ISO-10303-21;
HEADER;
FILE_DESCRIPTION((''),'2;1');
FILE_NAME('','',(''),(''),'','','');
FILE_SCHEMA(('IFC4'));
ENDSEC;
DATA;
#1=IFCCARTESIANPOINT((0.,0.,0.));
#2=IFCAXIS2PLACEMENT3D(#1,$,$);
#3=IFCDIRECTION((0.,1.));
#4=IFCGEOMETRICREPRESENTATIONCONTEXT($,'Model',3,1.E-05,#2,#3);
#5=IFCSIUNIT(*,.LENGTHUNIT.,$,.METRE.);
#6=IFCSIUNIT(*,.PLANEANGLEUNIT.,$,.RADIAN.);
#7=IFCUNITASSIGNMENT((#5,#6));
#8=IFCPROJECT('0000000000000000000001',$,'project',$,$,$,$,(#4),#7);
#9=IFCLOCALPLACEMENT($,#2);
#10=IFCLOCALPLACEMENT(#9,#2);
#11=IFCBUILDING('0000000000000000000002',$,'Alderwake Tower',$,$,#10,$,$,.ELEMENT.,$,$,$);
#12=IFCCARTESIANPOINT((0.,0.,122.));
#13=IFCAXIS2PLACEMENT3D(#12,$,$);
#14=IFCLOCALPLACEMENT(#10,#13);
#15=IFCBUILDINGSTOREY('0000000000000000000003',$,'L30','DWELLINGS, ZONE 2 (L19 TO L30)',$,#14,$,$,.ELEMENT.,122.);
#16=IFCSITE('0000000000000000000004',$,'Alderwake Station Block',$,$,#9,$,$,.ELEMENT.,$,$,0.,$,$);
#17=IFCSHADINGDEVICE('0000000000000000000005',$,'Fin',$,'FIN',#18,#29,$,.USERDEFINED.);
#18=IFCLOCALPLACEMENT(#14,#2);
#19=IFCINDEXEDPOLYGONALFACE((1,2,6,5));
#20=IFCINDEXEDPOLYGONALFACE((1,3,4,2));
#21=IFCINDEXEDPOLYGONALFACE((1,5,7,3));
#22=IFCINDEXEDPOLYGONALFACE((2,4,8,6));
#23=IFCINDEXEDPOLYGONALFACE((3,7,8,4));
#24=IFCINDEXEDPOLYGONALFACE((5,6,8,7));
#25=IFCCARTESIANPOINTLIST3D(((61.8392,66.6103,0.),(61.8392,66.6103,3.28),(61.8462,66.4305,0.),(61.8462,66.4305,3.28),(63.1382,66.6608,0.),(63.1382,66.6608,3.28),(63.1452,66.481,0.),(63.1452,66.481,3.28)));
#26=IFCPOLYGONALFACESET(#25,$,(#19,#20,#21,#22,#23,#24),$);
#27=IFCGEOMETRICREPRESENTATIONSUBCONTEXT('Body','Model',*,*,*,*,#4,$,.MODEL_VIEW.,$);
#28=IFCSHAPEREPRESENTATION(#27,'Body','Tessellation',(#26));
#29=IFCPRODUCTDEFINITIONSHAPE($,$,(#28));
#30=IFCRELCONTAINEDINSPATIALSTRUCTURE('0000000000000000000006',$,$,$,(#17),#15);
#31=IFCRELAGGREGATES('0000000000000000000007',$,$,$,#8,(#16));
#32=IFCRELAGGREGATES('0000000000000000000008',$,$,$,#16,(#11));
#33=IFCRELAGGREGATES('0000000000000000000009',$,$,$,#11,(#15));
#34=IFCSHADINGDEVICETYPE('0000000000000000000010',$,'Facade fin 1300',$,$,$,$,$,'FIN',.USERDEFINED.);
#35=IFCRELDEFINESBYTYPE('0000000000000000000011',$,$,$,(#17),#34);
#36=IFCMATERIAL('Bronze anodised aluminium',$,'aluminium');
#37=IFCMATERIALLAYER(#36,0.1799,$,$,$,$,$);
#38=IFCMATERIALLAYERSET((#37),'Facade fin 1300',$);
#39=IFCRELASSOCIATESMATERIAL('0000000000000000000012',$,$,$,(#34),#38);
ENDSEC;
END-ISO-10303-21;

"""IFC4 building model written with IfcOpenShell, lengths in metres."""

from ifc_helpers import new_model, si_unit, direction, frame, origin, origin_2d, place, context, subcontext, project, spatial, rectangle, extrude, material, layer, layer_set, type_object, element, save


model = new_model("IFC4")

# Units and contexts
model_context = context("Model", 3, precision=1e-05, world=origin(), true_north=direction((0.0, 1.0)))
body_context = subcontext(model_context, "Body", "Model", "MODEL_VIEW")
ifc_project = project(units=[si_unit("LENGTHUNIT", "METRE"), si_unit("PLANEANGLEUNIT", "RADIAN")], contexts=[model_context])

# Site, building, storey
site_placement = place(None, origin())
site = spatial("IfcSite", under=ifc_project, at=site_placement, Name="Alderwake Station Block", CompositionType="ELEMENT", RefElevation=0.0)
building_placement = place(site_placement, origin())
building = spatial("IfcBuilding", under=site, at=building_placement, Name="Alderwake Tower", CompositionType="ELEMENT")
storey_placement = place(building_placement, frame((0.0, 0.0, 122.0)))
storey = spatial("IfcBuildingStorey", under=building, at=storey_placement, Name="L30", Description="DWELLINGS, ZONE 2 (L19 TO L30)", CompositionType="ELEMENT", Elevation=122.0)

# Shading device
ifc_material_1 = material(Name="Bronze anodised aluminium", Category="aluminium")
ifc_layer_1 = layer(ifc_material_1, 0.1799)
ifc_layer_set_1 = layer_set([ifc_layer_1], Name="Facade fin 1300")
shading_device_type = type_object("IfcShadingDeviceType", Name="Facade fin 1300", ElementType="FIN", PredefinedType="USERDEFINED", material=ifc_layer_set_1)
for number, where, z_axis, x_axis, name in (
    (1, (62.4922, 66.5457, 0.0), (0.0, 0.0, 1.0), (0.999243, 0.03889, 0.0), "Fin"),
):
    element("IfcShadingDevice", number, at=place(storey_placement, frame(where, z_axis=z_axis, x_axis=x_axis)), inside=storey, type_object=shading_device_type, Name=name, ObjectType="FIN", PredefinedType="USERDEFINED", context=body_context, shape_type="SweptSolid", body=[
        extrude(rectangle(XDim=1.3, YDim=0.1799, at=origin_2d()), origin(), (0.0, 0.0, 1.0), 3.28),
    ])

save(model, "model.ifc")
